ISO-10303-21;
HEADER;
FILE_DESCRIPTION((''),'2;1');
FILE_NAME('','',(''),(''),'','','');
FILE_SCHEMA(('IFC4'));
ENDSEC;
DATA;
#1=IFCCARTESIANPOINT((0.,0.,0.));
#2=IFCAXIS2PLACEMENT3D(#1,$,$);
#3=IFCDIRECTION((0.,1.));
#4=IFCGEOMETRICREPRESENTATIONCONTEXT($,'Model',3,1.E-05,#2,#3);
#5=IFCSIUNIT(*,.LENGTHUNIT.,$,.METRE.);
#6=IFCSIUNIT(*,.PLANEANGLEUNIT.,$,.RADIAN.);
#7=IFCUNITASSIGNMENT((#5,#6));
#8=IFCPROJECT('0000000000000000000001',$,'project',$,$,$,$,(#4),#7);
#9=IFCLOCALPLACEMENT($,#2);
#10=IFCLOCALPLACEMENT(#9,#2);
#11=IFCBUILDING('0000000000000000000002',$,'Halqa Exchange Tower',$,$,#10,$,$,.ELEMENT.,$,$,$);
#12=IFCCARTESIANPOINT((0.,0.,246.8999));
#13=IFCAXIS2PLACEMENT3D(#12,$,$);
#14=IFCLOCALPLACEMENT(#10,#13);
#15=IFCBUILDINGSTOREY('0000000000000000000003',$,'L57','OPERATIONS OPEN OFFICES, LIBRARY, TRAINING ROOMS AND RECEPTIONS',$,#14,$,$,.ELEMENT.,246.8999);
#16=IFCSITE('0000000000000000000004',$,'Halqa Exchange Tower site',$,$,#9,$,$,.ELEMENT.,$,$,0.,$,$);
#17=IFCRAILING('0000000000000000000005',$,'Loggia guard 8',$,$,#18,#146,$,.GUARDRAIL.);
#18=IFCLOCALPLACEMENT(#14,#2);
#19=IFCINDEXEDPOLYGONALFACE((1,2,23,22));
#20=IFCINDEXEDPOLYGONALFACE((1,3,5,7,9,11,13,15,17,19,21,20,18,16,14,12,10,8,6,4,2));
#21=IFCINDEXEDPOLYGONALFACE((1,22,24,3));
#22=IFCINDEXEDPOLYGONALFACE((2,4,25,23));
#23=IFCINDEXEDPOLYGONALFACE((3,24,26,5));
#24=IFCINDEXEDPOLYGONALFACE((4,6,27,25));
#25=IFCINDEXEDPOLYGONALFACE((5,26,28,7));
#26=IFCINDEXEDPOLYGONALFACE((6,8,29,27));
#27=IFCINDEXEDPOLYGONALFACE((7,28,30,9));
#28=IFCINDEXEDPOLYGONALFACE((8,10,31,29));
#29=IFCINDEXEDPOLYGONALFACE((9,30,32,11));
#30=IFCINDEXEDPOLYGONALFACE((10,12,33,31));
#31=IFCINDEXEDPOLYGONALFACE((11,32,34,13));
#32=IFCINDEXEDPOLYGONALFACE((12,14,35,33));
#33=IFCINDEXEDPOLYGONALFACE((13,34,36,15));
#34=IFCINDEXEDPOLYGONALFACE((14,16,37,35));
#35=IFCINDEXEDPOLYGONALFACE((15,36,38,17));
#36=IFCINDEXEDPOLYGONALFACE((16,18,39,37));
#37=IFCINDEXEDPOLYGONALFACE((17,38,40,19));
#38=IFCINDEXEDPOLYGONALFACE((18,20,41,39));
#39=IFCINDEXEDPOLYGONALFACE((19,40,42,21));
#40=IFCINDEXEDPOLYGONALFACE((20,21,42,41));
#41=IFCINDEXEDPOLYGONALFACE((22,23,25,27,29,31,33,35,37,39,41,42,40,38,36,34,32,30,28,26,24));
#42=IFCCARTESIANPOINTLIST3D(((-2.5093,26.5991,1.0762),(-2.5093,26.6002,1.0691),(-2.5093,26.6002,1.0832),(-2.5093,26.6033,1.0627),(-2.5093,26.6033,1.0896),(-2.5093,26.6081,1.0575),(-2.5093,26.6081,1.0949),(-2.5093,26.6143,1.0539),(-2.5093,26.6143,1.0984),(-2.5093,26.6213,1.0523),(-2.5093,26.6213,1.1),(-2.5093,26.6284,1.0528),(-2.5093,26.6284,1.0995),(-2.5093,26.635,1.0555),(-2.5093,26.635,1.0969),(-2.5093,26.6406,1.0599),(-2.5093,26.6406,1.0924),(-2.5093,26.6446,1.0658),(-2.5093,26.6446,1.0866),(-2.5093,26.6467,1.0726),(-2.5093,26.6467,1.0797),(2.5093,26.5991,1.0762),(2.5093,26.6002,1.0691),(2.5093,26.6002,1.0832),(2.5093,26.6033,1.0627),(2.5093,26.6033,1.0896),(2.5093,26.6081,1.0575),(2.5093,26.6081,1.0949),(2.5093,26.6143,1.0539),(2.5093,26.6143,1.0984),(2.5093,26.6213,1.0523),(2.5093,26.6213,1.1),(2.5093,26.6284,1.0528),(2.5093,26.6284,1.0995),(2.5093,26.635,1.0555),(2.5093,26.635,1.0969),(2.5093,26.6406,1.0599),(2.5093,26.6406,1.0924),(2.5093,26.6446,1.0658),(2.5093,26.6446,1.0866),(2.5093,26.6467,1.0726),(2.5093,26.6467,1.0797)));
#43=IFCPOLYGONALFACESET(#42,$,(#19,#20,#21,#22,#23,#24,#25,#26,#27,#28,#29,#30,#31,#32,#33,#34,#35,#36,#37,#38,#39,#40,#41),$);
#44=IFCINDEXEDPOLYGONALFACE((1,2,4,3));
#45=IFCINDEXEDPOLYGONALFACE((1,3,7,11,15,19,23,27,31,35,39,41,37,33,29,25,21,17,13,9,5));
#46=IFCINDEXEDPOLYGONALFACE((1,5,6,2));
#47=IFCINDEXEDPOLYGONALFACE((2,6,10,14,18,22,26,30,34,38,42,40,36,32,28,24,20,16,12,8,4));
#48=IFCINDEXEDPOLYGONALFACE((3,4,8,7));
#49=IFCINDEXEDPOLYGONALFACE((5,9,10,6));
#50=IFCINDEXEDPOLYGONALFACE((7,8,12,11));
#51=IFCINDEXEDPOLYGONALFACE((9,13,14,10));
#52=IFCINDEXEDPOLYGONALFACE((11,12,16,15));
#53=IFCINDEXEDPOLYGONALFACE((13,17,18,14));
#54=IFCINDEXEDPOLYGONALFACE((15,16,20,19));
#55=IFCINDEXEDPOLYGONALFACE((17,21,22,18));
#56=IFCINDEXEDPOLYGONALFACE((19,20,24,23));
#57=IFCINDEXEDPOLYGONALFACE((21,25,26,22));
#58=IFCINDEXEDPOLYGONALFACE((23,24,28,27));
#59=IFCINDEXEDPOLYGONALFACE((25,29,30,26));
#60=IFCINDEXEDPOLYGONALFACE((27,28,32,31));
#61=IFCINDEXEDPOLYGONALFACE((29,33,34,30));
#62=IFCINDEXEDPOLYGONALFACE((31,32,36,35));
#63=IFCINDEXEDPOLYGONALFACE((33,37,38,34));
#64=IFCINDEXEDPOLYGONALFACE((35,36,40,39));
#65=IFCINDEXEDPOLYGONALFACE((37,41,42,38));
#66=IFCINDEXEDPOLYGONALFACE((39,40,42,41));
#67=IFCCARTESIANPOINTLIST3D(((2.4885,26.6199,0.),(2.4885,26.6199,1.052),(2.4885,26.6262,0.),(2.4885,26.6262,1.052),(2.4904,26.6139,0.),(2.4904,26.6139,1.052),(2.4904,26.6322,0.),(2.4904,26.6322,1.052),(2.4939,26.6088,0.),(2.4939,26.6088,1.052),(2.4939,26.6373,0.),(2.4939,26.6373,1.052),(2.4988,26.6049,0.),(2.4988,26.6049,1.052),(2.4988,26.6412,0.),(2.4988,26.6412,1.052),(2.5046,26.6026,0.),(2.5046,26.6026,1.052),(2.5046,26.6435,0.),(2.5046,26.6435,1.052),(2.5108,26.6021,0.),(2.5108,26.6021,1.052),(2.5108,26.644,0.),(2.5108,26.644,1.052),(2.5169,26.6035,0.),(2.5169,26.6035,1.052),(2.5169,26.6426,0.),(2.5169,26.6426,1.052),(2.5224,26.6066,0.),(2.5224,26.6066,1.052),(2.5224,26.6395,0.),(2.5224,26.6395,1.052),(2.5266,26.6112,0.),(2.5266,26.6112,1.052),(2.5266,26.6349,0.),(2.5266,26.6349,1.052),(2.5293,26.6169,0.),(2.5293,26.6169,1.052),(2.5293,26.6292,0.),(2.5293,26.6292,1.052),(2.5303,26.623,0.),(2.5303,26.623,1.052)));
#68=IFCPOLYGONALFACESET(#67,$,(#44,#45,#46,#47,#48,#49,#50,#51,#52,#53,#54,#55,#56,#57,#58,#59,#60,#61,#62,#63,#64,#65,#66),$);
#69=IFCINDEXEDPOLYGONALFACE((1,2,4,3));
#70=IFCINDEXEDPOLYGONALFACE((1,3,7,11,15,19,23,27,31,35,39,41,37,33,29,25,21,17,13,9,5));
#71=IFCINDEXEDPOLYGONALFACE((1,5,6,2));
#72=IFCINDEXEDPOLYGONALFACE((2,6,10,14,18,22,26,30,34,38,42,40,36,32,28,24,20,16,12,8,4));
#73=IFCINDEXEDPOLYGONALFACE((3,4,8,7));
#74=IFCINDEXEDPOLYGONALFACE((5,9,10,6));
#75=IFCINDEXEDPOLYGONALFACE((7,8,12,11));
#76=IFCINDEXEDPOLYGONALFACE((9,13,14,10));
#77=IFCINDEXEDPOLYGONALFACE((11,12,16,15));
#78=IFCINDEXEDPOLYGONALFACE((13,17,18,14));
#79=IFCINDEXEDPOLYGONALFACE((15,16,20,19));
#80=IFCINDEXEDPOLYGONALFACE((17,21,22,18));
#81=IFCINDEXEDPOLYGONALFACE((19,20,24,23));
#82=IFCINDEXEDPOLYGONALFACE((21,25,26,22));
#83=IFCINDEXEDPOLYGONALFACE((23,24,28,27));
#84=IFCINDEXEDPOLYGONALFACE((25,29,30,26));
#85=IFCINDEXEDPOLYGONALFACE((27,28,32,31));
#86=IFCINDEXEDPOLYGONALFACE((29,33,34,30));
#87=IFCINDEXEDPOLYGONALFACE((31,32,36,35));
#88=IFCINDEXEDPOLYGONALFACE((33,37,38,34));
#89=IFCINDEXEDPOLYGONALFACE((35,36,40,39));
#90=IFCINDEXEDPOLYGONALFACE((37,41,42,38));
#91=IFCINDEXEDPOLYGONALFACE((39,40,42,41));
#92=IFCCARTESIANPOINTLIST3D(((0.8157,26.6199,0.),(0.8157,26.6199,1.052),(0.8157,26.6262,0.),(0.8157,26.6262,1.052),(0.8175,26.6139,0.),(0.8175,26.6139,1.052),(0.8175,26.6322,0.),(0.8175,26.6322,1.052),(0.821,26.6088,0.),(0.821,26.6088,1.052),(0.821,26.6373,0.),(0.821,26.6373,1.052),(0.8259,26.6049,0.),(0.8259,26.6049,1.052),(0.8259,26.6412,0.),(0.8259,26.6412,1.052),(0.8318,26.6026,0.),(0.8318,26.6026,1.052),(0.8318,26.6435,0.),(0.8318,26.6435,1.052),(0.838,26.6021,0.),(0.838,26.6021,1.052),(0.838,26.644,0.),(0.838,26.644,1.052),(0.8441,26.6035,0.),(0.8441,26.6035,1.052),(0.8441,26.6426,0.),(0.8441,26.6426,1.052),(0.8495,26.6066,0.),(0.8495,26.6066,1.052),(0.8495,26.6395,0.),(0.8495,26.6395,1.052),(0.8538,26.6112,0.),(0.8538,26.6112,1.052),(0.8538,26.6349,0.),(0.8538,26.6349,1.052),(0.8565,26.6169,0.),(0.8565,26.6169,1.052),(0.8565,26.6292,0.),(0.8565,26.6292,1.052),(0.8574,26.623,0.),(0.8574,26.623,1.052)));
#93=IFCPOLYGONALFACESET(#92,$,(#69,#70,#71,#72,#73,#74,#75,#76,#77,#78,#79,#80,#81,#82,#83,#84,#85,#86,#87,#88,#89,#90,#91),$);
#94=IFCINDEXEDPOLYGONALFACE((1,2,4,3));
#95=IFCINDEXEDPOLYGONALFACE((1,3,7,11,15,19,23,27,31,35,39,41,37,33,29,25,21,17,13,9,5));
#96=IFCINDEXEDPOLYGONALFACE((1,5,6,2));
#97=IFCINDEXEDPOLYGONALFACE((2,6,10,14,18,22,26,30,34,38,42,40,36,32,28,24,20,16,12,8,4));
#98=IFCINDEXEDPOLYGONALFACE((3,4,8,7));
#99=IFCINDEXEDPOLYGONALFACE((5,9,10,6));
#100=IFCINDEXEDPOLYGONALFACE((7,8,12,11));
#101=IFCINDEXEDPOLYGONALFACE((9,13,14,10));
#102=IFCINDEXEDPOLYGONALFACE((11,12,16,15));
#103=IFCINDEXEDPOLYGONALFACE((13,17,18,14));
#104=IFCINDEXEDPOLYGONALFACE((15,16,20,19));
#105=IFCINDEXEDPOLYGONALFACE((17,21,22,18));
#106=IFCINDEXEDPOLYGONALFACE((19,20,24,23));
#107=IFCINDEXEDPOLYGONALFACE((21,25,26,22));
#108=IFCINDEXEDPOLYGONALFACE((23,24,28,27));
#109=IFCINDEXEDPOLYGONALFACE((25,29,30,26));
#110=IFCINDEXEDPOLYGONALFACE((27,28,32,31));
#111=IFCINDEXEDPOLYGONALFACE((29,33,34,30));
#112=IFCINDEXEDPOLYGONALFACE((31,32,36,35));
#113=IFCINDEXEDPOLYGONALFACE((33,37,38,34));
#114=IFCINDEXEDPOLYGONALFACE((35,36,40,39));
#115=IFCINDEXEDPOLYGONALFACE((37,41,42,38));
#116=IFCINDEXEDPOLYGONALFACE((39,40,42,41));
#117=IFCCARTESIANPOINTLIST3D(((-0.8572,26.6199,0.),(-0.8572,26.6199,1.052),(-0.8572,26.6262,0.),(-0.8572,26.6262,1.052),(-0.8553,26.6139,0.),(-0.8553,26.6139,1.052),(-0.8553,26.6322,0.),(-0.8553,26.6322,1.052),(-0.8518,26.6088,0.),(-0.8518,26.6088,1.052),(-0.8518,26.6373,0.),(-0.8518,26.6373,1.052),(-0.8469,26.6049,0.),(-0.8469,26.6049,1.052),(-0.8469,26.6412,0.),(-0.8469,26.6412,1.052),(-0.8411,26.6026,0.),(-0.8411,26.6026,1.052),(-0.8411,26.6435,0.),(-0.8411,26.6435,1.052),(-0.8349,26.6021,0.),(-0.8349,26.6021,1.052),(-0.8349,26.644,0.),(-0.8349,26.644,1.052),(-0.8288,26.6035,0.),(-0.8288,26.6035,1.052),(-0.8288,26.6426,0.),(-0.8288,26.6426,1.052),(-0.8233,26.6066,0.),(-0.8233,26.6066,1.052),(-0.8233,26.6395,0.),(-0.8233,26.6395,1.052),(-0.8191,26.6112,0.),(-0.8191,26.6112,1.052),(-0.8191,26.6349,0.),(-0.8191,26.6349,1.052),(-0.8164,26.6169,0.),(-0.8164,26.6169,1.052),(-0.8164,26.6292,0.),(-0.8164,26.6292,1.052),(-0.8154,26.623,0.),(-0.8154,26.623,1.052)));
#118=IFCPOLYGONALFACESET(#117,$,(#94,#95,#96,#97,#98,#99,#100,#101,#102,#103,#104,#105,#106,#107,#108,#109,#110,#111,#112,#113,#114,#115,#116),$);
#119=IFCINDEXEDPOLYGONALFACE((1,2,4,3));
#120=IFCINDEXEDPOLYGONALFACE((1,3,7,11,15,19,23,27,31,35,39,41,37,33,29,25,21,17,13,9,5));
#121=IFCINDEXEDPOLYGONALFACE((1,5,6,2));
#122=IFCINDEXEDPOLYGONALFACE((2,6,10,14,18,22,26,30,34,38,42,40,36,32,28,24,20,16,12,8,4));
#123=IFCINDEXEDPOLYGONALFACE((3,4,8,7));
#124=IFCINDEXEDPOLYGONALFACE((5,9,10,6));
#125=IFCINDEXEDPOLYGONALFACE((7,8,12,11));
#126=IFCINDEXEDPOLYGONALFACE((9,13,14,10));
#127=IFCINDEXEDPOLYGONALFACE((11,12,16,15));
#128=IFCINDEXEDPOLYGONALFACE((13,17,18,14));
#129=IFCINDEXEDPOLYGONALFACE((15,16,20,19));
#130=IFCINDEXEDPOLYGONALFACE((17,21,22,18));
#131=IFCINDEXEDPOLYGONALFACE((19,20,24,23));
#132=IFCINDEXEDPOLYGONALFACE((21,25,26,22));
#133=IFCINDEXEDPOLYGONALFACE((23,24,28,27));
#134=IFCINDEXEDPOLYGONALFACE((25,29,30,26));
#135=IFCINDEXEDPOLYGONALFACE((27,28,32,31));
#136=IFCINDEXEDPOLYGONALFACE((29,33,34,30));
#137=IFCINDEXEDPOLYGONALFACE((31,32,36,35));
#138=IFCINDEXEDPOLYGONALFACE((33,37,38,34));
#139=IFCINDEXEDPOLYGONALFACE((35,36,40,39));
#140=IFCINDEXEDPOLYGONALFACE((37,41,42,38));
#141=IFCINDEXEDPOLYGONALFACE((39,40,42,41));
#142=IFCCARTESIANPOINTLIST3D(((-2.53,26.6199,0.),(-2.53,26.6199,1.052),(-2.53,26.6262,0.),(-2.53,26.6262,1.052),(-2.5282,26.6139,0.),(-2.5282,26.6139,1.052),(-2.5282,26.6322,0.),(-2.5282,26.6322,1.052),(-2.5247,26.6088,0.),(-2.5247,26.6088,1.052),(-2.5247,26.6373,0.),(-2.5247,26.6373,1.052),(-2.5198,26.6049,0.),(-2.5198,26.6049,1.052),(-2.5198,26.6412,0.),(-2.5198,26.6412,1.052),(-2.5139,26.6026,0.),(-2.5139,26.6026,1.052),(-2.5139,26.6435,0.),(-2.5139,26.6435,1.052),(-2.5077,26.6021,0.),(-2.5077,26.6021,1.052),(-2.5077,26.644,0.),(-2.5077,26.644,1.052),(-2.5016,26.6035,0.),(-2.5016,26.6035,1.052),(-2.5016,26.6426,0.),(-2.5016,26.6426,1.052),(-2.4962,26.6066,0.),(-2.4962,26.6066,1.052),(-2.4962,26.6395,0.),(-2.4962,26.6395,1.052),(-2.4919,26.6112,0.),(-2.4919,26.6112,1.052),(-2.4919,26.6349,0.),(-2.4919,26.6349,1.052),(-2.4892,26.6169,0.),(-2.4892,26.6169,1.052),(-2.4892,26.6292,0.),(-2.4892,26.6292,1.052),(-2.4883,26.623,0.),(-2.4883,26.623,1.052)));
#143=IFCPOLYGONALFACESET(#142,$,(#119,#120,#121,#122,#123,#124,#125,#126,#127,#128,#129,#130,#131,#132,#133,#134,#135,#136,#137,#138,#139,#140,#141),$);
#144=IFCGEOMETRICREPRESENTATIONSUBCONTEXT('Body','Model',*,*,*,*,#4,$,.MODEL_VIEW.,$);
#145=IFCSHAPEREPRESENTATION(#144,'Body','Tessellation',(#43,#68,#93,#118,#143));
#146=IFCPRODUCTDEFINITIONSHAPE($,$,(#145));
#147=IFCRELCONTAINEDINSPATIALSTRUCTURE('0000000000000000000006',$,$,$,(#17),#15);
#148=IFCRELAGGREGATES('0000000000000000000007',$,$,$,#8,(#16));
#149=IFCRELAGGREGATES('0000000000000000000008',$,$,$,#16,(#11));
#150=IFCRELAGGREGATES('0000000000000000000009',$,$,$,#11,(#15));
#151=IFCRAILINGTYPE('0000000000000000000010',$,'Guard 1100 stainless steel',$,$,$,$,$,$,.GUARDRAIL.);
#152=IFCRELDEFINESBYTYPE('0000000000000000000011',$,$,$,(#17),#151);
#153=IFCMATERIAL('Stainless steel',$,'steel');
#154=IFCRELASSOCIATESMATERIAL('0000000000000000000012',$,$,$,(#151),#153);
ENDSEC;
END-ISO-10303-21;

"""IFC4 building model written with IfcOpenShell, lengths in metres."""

from ifc_helpers import new_model, si_unit, direction, frame, origin, origin_2d, place, context, subcontext, project, spatial, circle, extrude, material, type_object, element, save


model = new_model("IFC4")

# Units and contexts
model_context = context("Model", 3, precision=1e-05, world=origin(), true_north=direction((0.0, 1.0)))
body_context = subcontext(model_context, "Body", "Model", "MODEL_VIEW")
ifc_project = project(units=[si_unit("LENGTHUNIT", "METRE"), si_unit("PLANEANGLEUNIT", "RADIAN")], contexts=[model_context])

# Site, building, storey
site_placement = place(None, origin())
site = spatial("IfcSite", under=ifc_project, at=site_placement, Name="Halqa Exchange Tower site", CompositionType="ELEMENT", RefElevation=0.0)
building_placement = place(site_placement, origin())
building = spatial("IfcBuilding", under=site, at=building_placement, Name="Halqa Exchange Tower", CompositionType="ELEMENT")
storey_placement = place(building_placement, frame((0.0, 0.0, 246.8999)))
storey = spatial("IfcBuildingStorey", under=building, at=storey_placement, Name="L57", Description="OPERATIONS OPEN OFFICES, LIBRARY, TRAINING ROOMS AND RECEPTIONS", CompositionType="ELEMENT", Elevation=246.8999)

# Railing
ifc_material_1 = material(Name="Stainless steel", Category="steel")
railing_type_1 = type_object("IfcRailingType", Name="Guard 1100 stainless steel", PredefinedType="GUARDRAIL", material=ifc_material_1)
railing_1_placement = place(storey_placement, frame((2.5093, 26.623, 0.0)))
element("IfcRailing", 1, at=railing_1_placement, inside=storey, type_object=railing_type_1, Name="Loggia guard 8", PredefinedType="GUARDRAIL", context=body_context, shape_type="SweptSolid", body=[
    extrude(circle(Radius=0.0239, at=origin_2d()), frame((0.0, 0.0, 1.0762), z_axis=(-1.0, 0.0, 0.0), x_axis=(0.0, -1.0, 0.0)), (0.0, 0.0, 1.0), 5.0186),
    extrude(circle(Radius=0.021, at=origin_2d()), origin(), (0.0, 0.0, 1.0), 1.052),
    extrude(circle(Radius=0.021, at=origin_2d()), frame((-1.6729, 0.0, 0.0)), (0.0, 0.0, 1.0), 1.052),
    extrude(circle(Radius=0.021, at=origin_2d()), frame((-3.3457, 0.0, 0.0)), (0.0, 0.0, 1.0), 1.052),
    extrude(circle(Radius=0.021, at=origin_2d()), frame((-5.0186, 0.0, 0.0)), (0.0, 0.0, 1.0), 1.052),
])

save(model, "model.ifc")
